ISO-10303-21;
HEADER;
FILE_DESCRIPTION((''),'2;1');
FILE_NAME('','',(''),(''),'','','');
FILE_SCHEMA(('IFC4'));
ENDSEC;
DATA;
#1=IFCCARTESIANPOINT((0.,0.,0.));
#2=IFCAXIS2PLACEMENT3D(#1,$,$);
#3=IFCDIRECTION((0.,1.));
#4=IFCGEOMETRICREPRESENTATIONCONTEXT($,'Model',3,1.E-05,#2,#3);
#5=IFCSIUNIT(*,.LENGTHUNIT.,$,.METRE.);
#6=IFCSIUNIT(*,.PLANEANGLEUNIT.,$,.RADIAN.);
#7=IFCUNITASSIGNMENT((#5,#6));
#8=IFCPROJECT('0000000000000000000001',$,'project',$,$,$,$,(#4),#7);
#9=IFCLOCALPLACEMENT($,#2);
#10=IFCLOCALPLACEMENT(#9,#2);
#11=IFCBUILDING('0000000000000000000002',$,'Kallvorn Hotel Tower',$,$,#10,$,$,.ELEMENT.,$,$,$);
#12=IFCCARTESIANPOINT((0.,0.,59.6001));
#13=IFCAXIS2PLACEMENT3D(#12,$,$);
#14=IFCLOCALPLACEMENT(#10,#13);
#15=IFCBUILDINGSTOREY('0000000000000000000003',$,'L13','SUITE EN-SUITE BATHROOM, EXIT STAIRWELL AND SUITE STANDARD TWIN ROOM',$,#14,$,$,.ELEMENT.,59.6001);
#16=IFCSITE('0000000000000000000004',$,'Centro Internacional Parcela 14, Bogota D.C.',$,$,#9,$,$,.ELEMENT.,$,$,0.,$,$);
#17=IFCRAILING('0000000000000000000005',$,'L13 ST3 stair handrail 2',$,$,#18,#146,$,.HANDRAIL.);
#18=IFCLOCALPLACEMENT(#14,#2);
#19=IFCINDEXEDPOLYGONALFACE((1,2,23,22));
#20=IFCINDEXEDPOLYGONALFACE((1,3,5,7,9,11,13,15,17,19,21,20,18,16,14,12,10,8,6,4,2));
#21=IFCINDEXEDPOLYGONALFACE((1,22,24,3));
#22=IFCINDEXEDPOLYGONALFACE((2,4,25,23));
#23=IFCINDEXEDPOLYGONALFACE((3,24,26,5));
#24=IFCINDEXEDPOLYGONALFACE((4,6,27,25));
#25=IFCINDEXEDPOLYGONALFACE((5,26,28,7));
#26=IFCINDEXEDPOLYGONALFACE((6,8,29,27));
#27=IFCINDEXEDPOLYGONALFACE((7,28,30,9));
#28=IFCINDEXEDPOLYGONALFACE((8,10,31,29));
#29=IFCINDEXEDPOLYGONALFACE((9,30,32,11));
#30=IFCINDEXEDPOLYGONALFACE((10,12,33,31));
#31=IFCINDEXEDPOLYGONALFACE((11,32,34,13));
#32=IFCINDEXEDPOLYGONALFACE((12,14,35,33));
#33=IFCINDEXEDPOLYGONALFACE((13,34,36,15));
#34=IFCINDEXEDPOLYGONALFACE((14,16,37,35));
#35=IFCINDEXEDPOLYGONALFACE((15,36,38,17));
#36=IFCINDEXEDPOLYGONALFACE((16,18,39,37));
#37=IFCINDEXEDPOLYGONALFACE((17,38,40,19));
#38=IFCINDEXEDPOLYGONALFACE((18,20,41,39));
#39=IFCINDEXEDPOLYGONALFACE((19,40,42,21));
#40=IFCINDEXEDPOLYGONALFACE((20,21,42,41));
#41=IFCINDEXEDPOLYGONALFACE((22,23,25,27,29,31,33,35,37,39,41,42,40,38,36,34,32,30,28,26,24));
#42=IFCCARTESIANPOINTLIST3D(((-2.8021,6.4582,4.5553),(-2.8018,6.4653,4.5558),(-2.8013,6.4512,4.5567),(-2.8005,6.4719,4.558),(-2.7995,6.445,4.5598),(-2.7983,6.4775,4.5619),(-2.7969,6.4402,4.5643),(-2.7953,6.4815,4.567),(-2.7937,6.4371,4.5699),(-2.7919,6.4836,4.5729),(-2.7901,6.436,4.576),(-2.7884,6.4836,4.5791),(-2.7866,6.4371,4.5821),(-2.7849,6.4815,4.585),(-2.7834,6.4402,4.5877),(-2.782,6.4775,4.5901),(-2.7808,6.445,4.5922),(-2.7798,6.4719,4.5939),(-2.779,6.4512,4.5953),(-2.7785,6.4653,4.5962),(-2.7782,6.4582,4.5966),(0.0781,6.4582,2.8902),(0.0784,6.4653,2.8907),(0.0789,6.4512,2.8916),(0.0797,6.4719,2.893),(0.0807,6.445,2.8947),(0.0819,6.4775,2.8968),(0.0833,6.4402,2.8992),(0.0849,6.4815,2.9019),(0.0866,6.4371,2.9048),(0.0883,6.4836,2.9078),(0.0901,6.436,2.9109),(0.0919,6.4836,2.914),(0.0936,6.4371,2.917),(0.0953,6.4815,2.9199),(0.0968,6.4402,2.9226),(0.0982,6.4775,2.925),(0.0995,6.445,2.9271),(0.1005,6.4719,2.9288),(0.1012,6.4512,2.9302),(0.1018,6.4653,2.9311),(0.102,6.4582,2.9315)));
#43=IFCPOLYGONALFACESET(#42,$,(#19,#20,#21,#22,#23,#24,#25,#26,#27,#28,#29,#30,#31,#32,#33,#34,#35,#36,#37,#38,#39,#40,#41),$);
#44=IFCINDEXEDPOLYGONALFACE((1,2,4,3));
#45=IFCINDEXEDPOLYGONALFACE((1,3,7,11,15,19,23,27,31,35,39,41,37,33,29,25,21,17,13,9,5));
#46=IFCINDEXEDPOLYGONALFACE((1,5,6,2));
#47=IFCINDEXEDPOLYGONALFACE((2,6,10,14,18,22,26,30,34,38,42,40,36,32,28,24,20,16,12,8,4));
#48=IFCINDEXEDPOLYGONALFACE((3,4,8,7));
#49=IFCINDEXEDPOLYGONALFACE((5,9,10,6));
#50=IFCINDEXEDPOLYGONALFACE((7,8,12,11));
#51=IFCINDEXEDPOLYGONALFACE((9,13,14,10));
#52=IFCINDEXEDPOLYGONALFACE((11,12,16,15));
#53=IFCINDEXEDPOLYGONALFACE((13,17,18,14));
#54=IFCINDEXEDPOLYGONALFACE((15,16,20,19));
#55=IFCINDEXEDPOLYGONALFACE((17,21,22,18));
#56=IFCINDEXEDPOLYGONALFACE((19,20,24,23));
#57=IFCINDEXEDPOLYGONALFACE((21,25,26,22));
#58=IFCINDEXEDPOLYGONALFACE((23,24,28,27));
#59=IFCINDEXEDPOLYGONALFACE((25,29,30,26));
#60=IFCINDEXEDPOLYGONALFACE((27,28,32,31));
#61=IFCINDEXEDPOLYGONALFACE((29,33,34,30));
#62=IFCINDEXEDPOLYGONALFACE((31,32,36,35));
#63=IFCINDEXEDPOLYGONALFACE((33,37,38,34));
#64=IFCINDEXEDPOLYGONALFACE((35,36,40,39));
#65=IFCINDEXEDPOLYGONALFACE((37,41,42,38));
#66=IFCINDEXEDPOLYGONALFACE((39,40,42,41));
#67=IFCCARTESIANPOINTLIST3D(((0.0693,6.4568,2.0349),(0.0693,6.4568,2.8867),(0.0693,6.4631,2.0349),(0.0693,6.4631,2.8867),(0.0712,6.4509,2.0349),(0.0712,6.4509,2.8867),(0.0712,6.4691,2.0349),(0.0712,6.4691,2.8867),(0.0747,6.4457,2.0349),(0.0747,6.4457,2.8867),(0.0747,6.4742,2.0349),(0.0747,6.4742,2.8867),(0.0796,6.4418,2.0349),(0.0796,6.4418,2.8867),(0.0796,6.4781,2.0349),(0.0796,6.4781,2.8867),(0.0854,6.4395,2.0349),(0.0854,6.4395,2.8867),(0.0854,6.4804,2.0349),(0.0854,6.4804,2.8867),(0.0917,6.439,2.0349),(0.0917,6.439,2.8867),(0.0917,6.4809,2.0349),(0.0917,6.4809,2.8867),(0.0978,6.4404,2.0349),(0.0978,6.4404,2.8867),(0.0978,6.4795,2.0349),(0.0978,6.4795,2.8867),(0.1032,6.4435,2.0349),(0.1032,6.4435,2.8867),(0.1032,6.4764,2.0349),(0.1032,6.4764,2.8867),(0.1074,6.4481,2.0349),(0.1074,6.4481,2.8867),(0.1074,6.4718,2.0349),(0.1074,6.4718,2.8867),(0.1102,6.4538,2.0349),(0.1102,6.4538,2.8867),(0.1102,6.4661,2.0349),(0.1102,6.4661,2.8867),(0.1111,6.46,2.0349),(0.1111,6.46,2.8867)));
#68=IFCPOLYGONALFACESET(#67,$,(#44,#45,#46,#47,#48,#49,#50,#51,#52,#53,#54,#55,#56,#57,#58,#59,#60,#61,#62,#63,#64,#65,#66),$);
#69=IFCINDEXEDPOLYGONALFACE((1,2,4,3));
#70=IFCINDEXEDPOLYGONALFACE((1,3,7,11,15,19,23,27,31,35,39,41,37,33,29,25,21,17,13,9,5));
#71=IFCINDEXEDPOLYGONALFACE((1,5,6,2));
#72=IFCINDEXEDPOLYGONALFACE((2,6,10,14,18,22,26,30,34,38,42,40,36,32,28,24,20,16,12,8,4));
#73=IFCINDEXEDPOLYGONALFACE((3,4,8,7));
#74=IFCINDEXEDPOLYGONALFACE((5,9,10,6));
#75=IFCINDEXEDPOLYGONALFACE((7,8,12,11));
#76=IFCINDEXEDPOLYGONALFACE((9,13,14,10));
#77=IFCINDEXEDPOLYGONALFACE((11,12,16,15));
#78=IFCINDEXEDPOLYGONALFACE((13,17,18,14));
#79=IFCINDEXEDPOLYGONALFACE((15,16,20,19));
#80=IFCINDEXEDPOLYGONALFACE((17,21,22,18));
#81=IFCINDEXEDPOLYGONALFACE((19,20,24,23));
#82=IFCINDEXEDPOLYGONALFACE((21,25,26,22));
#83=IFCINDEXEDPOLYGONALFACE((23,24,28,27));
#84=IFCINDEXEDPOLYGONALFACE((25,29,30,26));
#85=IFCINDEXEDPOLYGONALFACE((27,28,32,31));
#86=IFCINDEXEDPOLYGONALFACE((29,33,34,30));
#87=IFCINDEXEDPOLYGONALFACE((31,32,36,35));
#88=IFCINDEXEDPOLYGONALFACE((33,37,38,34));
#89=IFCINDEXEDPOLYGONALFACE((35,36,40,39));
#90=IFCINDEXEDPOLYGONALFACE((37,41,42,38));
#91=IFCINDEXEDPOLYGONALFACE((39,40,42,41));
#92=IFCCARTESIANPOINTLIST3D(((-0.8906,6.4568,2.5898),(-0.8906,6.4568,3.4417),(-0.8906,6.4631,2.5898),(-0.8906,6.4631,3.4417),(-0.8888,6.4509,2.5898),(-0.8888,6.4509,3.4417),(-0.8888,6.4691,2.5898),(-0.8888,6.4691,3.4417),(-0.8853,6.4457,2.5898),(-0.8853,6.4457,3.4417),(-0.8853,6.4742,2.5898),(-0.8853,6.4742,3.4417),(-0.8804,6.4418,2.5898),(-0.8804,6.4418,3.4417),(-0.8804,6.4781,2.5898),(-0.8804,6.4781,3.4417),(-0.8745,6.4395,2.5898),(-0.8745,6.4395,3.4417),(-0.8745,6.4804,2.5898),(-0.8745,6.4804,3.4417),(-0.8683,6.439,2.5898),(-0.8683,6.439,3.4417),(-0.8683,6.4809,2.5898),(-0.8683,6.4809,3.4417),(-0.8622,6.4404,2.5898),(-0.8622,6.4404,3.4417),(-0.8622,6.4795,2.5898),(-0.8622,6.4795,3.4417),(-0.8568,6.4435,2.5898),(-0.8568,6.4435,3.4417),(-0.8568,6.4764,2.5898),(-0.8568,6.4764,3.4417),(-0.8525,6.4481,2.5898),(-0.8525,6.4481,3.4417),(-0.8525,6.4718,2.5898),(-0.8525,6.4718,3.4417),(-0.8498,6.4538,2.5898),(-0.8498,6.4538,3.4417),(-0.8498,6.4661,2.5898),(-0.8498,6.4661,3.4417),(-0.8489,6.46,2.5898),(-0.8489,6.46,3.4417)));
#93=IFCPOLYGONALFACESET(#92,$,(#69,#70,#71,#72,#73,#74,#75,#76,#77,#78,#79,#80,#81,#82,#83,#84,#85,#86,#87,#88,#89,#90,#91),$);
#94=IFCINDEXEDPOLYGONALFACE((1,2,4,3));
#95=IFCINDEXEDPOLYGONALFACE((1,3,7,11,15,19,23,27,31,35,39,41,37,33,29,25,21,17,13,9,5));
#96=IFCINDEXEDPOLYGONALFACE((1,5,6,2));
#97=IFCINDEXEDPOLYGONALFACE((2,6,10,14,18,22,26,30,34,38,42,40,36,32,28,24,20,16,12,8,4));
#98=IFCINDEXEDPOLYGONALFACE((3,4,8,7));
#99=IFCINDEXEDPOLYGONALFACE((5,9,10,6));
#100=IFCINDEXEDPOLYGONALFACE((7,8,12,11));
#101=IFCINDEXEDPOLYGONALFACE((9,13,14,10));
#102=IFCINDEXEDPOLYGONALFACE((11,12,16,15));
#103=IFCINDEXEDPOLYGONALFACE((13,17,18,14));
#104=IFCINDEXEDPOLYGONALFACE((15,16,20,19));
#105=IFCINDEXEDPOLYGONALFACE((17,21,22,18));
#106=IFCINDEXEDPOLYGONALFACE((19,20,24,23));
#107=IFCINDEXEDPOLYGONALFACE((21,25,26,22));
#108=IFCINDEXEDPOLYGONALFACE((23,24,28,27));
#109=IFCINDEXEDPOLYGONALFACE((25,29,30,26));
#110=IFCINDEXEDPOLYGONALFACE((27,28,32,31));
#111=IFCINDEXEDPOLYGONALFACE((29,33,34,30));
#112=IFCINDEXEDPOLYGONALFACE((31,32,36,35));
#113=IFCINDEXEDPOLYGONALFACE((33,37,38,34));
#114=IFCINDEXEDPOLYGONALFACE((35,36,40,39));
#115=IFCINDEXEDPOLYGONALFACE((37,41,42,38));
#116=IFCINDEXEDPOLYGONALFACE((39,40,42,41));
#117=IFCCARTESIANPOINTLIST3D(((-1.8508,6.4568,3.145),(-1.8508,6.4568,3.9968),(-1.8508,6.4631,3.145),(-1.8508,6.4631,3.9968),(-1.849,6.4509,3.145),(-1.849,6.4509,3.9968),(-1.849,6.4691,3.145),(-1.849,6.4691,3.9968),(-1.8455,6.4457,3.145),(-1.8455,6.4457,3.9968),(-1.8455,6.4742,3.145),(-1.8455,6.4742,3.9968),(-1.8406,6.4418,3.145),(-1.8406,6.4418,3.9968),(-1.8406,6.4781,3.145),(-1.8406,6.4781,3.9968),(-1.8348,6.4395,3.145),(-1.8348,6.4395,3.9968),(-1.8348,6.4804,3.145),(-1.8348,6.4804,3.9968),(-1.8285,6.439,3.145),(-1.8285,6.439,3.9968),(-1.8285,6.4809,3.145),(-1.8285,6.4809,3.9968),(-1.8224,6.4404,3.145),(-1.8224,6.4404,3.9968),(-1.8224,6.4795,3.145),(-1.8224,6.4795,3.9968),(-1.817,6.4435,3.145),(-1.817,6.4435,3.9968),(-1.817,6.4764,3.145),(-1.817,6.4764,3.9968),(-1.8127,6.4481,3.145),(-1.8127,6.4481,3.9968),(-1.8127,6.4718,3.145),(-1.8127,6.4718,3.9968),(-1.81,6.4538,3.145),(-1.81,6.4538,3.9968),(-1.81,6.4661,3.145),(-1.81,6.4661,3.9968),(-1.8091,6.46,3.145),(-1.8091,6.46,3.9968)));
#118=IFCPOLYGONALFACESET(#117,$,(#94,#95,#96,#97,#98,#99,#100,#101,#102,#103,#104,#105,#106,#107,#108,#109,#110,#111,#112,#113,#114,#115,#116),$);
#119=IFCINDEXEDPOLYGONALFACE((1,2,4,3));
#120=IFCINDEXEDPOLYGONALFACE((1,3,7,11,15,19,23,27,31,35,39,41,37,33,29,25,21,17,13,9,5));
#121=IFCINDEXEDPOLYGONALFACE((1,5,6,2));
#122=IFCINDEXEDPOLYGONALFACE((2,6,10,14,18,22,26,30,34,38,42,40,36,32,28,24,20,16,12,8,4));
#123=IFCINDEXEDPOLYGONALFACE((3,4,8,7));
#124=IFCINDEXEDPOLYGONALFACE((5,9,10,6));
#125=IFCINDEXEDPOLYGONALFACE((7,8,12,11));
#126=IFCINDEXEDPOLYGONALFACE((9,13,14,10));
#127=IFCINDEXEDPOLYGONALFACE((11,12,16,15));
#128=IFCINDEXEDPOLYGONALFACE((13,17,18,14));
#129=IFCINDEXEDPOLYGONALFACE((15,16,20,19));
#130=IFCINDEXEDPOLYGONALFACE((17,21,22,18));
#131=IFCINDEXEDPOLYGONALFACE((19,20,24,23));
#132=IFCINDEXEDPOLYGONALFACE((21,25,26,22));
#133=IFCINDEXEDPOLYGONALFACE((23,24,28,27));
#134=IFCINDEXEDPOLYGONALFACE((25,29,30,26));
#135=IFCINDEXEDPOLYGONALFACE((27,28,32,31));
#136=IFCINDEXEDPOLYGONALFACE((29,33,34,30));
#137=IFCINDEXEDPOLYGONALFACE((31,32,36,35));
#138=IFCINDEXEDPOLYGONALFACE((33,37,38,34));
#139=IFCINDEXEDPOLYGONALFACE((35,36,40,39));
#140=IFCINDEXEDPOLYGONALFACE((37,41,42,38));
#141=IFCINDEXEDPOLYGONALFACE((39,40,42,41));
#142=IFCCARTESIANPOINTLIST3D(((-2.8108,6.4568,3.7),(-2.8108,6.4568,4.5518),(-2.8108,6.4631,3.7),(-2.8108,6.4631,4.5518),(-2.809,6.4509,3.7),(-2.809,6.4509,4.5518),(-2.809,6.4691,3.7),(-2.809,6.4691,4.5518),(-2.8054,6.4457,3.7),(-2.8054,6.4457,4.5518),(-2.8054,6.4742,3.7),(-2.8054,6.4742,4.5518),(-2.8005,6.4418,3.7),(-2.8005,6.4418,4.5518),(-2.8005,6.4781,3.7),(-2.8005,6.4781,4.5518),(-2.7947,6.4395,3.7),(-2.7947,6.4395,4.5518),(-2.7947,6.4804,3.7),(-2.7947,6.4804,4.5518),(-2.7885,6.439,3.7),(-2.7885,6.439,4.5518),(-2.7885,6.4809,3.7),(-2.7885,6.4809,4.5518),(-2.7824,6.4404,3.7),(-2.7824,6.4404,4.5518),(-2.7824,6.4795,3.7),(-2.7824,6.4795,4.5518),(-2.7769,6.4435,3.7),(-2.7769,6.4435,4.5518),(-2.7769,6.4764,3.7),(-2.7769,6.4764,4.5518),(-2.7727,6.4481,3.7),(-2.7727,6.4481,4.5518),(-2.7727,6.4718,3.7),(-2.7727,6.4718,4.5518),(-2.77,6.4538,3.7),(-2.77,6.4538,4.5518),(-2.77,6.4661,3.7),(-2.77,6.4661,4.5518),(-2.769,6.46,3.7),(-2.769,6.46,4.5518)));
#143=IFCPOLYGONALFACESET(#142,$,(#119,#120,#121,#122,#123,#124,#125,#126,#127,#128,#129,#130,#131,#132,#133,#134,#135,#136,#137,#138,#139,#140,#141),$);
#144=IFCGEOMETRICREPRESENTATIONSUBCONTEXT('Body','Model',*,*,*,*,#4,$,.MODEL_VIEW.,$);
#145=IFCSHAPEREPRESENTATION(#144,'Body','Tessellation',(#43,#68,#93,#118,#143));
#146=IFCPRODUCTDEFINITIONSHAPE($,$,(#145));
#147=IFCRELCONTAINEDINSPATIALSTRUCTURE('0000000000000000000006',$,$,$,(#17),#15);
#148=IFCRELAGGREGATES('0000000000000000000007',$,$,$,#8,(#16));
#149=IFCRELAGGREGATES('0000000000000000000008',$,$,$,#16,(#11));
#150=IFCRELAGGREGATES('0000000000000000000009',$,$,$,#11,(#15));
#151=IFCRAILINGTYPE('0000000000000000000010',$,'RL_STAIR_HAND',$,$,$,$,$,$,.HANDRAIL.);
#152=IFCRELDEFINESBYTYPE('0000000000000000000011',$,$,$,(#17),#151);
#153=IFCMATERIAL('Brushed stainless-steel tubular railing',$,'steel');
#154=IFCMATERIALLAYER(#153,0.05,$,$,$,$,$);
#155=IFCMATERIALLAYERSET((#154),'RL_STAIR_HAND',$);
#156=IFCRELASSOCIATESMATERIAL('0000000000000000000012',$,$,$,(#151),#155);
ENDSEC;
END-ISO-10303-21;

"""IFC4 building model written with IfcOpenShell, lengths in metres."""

from ifc_helpers import new_model, si_unit, direction, frame, origin, origin_2d, place, context, subcontext, project, spatial, circle, extrude, material, layer, layer_set, type_object, element, save


model = new_model("IFC4")

# Units and contexts
model_context = context("Model", 3, precision=1e-05, world=origin(), true_north=direction((0.0, 1.0)))
body_context = subcontext(model_context, "Body", "Model", "MODEL_VIEW")
ifc_project = project(units=[si_unit("LENGTHUNIT", "METRE"), si_unit("PLANEANGLEUNIT", "RADIAN")], contexts=[model_context])

# Site, building, storey
site_placement = place(None, origin())
site = spatial("IfcSite", under=ifc_project, at=site_placement, Name="Centro Internacional Parcela 14, Bogota D.C.", CompositionType="ELEMENT", RefElevation=0.0)
building_placement = place(site_placement, origin())
building = spatial("IfcBuilding", under=site, at=building_placement, Name="Kallvorn Hotel Tower", CompositionType="ELEMENT")
storey_placement = place(building_placement, frame((0.0, 0.0, 59.6001)))
storey = spatial("IfcBuildingStorey", under=building, at=storey_placement, Name="L13", Description="SUITE EN-SUITE BATHROOM, EXIT STAIRWELL AND SUITE STANDARD TWIN ROOM", CompositionType="ELEMENT", Elevation=59.6001)

# Railing
ifc_material_1 = material(Name="Brushed stainless-steel tubular railing", Category="steel")
ifc_layer_1 = layer(ifc_material_1, 0.05)
ifc_layer_set_1 = layer_set([ifc_layer_1], Name="RL_STAIR_HAND")
railing_type_1 = type_object("IfcRailingType", Name="RL_STAIR_HAND", PredefinedType="HANDRAIL", material=ifc_layer_set_1)
railing_1_placement = place(storey_placement, frame((0.0901, 6.46, 2.0349)))
element("IfcRailing", 1, at=railing_1_placement, inside=storey, type_object=railing_type_1, Name="L13 ST3 stair handrail 2", PredefinedType="HANDRAIL", context=body_context, shape_type="SweptSolid", body=[
    extrude(circle(Radius=0.0239, at=origin_2d()), frame((0.0, 0.0, 0.876), z_axis=(-0.865739, 0.0, 0.500495), x_axis=(0.0, -1.0, 0.0)), (0.0, 0.0, 1.0), 3.3269),
    extrude(circle(Radius=0.021, at=origin_2d()), origin(), (0.0, 0.0, 1.0), 0.8518),
    extrude(circle(Radius=0.021, at=origin_2d()), frame((-0.96, 0.0, 0.5549)), (0.0, 0.0, 1.0), 0.8518),
    extrude(circle(Radius=0.021, at=origin_2d()), frame((-1.9202, 0.0, 1.1101)), (0.0, 0.0, 1.0), 0.8518),
    extrude(circle(Radius=0.021, at=origin_2d()), frame((-2.8801, 0.0, 1.665)), (0.0, 0.0, 1.0), 0.8518),
])

save(model, "model.ifc")
